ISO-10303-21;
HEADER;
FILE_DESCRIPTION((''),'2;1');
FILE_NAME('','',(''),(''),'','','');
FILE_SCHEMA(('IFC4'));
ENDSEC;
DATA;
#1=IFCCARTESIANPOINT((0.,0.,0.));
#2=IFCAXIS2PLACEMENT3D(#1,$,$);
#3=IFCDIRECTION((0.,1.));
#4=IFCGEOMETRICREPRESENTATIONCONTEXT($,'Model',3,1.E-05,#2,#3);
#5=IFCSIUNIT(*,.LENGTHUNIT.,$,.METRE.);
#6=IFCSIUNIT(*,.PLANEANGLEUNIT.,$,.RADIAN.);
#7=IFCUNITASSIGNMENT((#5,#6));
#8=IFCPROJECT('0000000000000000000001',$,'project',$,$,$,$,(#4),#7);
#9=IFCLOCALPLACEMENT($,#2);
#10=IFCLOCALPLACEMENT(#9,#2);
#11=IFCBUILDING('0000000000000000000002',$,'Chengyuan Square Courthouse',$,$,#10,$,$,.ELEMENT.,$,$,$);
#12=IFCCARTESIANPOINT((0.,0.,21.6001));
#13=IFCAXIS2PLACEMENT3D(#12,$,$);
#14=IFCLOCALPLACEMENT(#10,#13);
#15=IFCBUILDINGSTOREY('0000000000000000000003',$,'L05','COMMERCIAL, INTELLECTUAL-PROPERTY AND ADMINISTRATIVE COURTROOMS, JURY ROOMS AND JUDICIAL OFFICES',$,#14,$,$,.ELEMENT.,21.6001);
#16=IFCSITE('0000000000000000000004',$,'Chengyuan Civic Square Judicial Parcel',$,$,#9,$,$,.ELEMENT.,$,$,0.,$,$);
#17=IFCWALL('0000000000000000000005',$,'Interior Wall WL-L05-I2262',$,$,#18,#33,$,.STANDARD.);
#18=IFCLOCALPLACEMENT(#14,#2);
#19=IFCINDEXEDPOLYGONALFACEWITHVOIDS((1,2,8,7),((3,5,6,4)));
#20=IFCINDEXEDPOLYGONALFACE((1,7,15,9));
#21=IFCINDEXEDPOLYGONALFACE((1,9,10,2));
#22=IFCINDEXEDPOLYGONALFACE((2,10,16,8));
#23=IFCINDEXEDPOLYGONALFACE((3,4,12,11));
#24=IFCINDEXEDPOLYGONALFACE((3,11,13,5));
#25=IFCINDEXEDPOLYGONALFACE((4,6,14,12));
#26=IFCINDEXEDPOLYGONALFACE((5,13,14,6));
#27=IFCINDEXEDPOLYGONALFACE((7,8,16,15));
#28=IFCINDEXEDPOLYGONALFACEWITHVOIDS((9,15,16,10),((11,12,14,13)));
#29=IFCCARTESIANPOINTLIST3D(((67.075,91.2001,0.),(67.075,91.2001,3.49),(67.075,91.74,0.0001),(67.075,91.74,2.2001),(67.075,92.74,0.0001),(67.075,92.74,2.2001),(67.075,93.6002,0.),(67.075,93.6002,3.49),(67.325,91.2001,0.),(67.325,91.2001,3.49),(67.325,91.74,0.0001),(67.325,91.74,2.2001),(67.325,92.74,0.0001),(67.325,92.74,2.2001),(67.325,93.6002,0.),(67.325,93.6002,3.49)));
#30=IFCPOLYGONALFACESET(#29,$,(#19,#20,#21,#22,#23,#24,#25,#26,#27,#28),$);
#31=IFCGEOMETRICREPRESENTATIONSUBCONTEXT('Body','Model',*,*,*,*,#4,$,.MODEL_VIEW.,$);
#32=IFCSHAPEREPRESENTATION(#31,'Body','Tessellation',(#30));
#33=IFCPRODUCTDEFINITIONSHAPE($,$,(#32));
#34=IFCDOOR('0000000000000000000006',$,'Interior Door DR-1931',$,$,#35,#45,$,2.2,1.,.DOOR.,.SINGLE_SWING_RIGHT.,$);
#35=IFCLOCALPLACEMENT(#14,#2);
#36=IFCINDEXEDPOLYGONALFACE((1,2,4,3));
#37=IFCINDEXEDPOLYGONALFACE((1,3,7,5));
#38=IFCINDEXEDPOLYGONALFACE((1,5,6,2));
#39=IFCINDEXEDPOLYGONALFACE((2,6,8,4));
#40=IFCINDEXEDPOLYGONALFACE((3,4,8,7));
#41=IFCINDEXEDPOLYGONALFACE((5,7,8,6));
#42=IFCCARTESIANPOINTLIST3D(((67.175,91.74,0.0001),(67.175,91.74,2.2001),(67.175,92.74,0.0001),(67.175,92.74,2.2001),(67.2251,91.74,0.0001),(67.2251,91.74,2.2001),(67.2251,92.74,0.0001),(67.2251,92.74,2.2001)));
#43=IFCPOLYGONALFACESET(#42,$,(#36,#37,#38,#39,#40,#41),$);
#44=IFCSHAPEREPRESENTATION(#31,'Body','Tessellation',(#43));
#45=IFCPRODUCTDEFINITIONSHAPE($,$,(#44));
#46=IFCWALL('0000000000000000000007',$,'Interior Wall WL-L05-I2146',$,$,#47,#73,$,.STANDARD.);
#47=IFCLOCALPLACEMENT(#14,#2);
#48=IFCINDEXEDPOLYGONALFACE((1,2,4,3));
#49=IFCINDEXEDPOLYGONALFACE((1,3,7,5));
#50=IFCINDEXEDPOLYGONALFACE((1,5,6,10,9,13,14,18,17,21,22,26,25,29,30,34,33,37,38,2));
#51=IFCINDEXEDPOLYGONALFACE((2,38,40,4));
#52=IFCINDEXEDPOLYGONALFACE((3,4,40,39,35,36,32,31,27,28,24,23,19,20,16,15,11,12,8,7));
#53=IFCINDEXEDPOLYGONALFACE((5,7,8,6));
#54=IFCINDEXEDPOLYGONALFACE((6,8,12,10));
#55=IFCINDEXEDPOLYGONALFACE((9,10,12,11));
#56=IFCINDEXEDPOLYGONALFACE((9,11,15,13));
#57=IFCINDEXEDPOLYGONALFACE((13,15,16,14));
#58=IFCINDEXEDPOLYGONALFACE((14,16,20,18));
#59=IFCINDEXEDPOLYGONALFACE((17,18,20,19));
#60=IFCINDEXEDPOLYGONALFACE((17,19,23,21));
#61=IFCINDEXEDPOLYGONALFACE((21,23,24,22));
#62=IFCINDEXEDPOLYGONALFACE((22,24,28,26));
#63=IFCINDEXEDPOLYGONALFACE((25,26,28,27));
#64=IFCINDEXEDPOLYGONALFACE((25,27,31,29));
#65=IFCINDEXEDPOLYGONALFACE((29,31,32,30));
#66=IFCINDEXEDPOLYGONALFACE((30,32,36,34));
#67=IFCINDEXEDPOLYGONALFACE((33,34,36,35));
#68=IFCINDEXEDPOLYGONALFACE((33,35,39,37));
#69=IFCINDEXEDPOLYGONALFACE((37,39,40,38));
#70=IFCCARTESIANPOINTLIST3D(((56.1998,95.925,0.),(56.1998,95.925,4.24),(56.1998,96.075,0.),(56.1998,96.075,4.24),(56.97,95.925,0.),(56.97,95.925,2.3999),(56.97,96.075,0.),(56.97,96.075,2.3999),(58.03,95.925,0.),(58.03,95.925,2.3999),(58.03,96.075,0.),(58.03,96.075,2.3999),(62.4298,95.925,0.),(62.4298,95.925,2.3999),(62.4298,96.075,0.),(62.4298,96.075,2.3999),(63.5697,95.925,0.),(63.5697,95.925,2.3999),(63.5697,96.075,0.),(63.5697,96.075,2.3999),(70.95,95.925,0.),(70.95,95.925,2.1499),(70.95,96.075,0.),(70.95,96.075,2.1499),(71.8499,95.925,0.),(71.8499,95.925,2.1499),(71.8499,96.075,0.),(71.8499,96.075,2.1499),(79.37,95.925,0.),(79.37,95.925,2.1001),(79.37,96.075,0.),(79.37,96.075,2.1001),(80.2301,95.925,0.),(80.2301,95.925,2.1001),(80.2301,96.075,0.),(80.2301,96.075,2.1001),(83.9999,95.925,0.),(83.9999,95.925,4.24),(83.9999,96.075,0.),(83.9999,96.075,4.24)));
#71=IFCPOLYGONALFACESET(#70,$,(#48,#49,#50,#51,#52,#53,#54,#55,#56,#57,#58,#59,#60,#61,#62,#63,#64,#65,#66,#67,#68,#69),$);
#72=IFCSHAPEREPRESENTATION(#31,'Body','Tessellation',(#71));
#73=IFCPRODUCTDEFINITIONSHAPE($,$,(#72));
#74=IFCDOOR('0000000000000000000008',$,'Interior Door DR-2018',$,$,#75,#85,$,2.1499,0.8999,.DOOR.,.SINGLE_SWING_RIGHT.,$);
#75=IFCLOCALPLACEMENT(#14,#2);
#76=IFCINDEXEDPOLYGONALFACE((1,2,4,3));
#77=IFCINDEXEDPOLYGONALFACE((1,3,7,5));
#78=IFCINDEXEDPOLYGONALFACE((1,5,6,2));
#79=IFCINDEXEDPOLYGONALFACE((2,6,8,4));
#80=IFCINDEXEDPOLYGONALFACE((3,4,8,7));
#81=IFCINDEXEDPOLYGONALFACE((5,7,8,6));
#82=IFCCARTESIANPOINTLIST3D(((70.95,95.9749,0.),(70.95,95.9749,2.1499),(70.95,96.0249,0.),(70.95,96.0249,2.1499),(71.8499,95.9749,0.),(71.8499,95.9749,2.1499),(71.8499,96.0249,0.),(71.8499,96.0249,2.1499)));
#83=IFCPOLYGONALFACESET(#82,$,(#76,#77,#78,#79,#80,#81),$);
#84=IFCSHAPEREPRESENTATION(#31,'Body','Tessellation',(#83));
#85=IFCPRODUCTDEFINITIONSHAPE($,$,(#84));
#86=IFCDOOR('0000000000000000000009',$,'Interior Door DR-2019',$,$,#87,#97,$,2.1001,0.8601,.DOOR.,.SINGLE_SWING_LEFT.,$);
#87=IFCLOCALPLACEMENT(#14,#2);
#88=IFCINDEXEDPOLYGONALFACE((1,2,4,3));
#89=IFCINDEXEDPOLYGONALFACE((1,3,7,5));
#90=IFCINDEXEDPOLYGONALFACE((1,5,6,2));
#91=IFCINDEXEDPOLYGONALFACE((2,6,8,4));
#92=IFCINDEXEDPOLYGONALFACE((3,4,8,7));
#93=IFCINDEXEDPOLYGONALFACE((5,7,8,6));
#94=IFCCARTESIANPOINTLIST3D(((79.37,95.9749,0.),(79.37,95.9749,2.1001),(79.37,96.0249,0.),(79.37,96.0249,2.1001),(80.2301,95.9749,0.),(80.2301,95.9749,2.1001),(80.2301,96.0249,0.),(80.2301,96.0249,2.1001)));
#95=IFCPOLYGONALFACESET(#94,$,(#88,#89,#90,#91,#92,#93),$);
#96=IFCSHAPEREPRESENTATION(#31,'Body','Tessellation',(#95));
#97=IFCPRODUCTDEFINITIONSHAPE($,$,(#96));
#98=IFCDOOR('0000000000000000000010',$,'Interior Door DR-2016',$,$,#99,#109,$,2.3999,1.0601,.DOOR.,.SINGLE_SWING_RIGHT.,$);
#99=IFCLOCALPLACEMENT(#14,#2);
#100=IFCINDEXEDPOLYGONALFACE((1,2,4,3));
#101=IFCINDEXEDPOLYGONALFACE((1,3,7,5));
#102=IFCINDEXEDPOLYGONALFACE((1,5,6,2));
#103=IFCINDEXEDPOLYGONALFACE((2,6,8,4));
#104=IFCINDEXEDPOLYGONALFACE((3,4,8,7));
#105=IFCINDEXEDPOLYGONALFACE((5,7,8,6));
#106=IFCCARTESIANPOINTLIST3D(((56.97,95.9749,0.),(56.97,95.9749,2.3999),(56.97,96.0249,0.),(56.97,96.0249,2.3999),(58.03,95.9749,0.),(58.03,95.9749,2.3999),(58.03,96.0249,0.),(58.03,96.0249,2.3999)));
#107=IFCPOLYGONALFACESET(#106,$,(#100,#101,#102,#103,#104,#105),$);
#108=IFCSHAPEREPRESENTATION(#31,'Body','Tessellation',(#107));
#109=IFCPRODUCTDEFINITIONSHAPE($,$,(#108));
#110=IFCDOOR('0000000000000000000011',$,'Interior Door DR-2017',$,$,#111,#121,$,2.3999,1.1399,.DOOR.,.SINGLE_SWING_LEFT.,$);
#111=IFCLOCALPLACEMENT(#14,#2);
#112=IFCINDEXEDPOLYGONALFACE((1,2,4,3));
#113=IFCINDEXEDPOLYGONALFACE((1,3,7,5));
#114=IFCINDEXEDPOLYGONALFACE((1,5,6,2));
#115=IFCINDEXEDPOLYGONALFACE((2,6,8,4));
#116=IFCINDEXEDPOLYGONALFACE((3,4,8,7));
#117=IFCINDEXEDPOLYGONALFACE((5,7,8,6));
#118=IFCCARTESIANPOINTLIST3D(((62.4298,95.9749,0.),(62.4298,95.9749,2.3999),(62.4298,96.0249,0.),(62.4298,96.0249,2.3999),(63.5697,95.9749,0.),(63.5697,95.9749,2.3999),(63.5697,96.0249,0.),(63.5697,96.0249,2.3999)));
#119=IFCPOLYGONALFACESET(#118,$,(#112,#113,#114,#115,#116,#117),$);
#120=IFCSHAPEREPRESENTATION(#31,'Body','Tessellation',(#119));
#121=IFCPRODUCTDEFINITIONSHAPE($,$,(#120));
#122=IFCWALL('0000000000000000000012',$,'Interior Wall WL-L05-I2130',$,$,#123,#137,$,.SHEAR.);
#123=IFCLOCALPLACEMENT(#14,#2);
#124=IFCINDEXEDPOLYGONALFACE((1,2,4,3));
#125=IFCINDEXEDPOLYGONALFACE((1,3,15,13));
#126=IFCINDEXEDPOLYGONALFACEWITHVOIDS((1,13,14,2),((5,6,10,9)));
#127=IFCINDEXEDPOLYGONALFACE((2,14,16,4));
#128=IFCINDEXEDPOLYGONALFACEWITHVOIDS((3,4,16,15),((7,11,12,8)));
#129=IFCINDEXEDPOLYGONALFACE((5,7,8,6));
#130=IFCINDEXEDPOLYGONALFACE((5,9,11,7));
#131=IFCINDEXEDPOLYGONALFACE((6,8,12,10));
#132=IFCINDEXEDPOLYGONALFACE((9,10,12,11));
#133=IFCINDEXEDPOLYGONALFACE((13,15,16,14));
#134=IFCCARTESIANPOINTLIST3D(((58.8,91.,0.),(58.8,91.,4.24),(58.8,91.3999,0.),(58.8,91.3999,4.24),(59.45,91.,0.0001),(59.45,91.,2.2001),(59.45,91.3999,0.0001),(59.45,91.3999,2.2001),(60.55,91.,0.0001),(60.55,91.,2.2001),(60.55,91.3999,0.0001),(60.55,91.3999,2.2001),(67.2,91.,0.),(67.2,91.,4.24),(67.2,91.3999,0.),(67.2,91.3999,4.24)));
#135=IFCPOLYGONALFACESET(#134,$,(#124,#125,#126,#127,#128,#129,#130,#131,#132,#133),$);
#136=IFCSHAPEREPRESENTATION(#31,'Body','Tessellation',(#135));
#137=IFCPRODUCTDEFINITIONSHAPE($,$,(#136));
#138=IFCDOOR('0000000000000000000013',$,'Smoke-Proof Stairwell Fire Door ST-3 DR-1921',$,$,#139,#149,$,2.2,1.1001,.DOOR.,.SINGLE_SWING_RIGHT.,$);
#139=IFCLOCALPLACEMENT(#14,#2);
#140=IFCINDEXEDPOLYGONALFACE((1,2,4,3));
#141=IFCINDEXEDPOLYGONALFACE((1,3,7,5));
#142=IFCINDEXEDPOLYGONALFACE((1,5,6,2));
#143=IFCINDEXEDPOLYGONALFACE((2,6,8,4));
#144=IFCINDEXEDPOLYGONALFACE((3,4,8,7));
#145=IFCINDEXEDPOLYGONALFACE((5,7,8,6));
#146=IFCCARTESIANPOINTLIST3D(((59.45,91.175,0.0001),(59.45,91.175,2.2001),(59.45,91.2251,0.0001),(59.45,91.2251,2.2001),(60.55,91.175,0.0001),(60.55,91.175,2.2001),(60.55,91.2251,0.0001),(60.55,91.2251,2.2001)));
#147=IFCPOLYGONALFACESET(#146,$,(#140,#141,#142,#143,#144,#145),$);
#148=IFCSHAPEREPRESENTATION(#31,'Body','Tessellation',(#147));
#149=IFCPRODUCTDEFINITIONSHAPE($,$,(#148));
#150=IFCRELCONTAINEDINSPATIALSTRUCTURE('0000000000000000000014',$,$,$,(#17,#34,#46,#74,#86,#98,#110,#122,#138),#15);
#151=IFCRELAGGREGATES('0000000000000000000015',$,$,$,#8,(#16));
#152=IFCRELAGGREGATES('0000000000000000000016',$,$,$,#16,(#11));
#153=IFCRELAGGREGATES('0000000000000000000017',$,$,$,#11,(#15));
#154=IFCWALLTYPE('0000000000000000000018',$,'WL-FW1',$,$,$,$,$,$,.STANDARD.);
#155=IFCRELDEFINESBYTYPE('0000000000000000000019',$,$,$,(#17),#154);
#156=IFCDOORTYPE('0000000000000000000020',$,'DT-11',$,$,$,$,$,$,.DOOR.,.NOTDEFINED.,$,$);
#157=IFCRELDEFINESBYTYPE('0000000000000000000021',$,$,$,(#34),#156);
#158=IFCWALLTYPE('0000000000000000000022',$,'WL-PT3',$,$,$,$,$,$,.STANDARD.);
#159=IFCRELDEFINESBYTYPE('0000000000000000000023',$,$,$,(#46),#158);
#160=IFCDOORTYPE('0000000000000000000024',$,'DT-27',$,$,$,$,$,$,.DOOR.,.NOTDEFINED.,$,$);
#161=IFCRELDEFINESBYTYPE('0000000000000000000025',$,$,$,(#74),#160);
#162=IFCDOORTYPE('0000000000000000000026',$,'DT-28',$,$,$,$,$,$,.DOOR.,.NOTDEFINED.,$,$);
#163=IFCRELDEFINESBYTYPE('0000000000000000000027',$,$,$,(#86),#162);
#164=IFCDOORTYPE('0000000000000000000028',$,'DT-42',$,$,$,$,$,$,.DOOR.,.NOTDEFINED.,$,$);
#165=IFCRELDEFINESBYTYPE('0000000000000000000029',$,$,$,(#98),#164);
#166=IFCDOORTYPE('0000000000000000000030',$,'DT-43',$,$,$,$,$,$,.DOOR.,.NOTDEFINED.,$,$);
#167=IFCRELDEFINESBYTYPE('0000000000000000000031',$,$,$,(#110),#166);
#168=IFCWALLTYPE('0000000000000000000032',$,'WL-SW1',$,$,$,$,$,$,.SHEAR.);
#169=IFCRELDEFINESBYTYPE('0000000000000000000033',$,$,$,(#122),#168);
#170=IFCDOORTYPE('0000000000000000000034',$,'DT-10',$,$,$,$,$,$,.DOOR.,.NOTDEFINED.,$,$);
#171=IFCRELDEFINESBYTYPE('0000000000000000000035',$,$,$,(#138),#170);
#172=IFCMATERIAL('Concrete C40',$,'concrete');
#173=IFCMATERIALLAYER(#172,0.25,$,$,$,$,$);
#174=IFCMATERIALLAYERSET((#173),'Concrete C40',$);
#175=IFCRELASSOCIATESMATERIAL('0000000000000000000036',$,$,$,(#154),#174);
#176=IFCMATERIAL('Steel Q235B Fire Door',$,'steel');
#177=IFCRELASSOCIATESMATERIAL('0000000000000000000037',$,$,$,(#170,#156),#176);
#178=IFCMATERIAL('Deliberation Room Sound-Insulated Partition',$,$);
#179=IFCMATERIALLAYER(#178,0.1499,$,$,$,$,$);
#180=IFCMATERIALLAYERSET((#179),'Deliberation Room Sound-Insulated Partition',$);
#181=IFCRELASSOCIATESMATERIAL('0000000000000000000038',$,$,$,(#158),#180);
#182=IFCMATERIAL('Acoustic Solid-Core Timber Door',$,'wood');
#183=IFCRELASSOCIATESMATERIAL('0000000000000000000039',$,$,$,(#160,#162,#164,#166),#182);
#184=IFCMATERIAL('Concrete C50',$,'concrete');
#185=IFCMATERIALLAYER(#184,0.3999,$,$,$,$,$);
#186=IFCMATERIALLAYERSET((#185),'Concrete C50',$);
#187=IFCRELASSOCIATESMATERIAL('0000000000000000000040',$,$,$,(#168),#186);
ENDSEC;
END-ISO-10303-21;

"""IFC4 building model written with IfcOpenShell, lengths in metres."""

from ifc_helpers import new_model, si_unit, direction, frame, frame_2d, origin, place, context, subcontext, project, spatial, rectangle, extrude, material, layer, layer_set, type_object, element, fill, save


model = new_model("IFC4")

# Units and contexts
model_context = context("Model", 3, precision=1e-05, world=origin(), true_north=direction((0.0, 1.0)))
body_context = subcontext(model_context, "Body", "Model", "MODEL_VIEW")
ifc_project = project(units=[si_unit("LENGTHUNIT", "METRE"), si_unit("PLANEANGLEUNIT", "RADIAN")], contexts=[model_context])

# Site, building, storey
site_placement = place(None, origin())
site = spatial("IfcSite", under=ifc_project, at=site_placement, Name="Chengyuan Civic Square Judicial Parcel", CompositionType="ELEMENT", RefElevation=0.0)
building_placement = place(site_placement, origin())
building = spatial("IfcBuilding", under=site, at=building_placement, Name="Chengyuan Square Courthouse", CompositionType="ELEMENT")
storey_placement = place(building_placement, frame((0.0, 0.0, 21.6001)))
storey = spatial("IfcBuildingStorey", under=building, at=storey_placement, Name="L05", Description="COMMERCIAL, INTELLECTUAL-PROPERTY AND ADMINISTRATIVE COURTROOMS, JURY ROOMS AND JUDICIAL OFFICES", CompositionType="ELEMENT", Elevation=21.6001)

# Shared definitions
ifc_material_1 = material(Name="Concrete C50", Category="concrete")

# Shared definitions
ifc_material_2 = material(Name="Concrete C40", Category="concrete")

# Wall, opening, door
ifc_layer_1 = layer(ifc_material_2, 0.25)
ifc_layer_set_1 = layer_set([ifc_layer_1], Name="Concrete C40")
wall_type_1 = type_object("IfcWallType", Name="WL-FW1", PredefinedType="STANDARD", material=ifc_layer_set_1)
ifc_material_3 = material(Name="Steel Q235B Fire Door", Category="steel")
door_type_1 = type_object("IfcDoorType", Name="DT-10", OperationType="NOTDEFINED", PredefinedType="DOOR", material=ifc_material_3)
wall_1_placement = place(storey_placement, frame((67.2, 91.2, 0.0), z_axis=(0.0, 0.0, 1.0), x_axis=(0.0, 1.0, 0.0)))
wall_1 = element("IfcWall", 1, at=wall_1_placement, inside=storey, type_object=wall_type_1, Name="Interior Wall WL-L05-I2262", PredefinedType="STANDARD", context=body_context, shape_type="SweptSolid", body=[
    extrude(rectangle(XDim=2.4001, YDim=0.25, at=frame_2d((1.2002, 0.0))), origin(), (0.0, 0.0, 1.0), 3.49),
])
opening_1_placement = place(wall_1_placement, frame((0.54, 0.0, 0.0)))
opening_1 = element("IfcOpeningElement", 2, at=opening_1_placement, cuts=wall_1, PredefinedType="OPENING", context=body_context, shape_type="SweptSolid", body=[
    extrude(rectangle(XDim=1.0, YDim=2.2, at=frame_2d((0.5, 1.1001))), frame((0.0, 0.137, 0.0), z_axis=(0.0, -1.0, 0.0), x_axis=(1.0, 0.0, 0.0)), (0.0, 0.0, 1.0), 0.2739),
])
door_type_2 = type_object("IfcDoorType", Name="DT-11", OperationType="NOTDEFINED", PredefinedType="DOOR", material=ifc_material_3)
door_1_placement = place(opening_1_placement, origin())
door_1 = element("IfcDoor", 3, at=door_1_placement, inside=storey, type_object=door_type_2, Name="Interior Door DR-1931", OperationType="SINGLE_SWING_RIGHT", OverallHeight=2.2, OverallWidth=1.0, PredefinedType="DOOR", context=body_context, shape_type="SweptSolid", body=[
    extrude(rectangle(XDim=1.0, YDim=2.2, at=frame_2d((0.5, 1.1001))), frame((0.0, 0.0249, 0.0), z_axis=(0.0, -1.0, 0.0), x_axis=(1.0, 0.0, 0.0)), (0.0, 0.0, 1.0), 0.05),
])
fill(opening_1, door_1)

# Wall, openings, doors
ifc_material_4 = material(Name="Deliberation Room Sound-Insulated Partition")
ifc_layer_2 = layer(ifc_material_4, 0.1499)
ifc_layer_set_2 = layer_set([ifc_layer_2], Name="Deliberation Room Sound-Insulated Partition")
wall_type_2 = type_object("IfcWallType", Name="WL-PT3", PredefinedType="STANDARD", material=ifc_layer_set_2)
wall_2_placement = place(storey_placement, frame((56.2, 96.0, 0.0), z_axis=(0.0, 0.0, 1.0), x_axis=(1.0, 0.0, 0.0)))
wall_2 = element("IfcWall", 4, at=wall_2_placement, inside=storey, type_object=wall_type_2, Name="Interior Wall WL-L05-I2146", PredefinedType="STANDARD", context=body_context, shape_type="SweptSolid", body=[
    extrude(rectangle(XDim=27.8, YDim=0.1499, at=frame_2d((13.8999, 0.0))), origin(), (0.0, 0.0, 1.0), 4.24),
])
opening_2_placement = place(wall_2_placement, frame((0.77, 0.0, 0.0)))
opening_2 = element("IfcOpeningElement", 5, at=opening_2_placement, cuts=wall_2, PredefinedType="OPENING", context=body_context, shape_type="SweptSolid", body=[
    extrude(rectangle(XDim=1.0601, YDim=2.3999, at=frame_2d((0.53, 1.2))), frame((0.0, 0.0869, 0.0), z_axis=(0.0, -1.0, 0.0), x_axis=(1.0, 0.0, 0.0)), (0.0, 0.0, 1.0), 0.1738),
])
opening_3_placement = place(wall_2_placement, frame((6.23, 0.0, 0.0)))
opening_3 = element("IfcOpeningElement", 6, at=opening_3_placement, cuts=wall_2, PredefinedType="OPENING", context=body_context, shape_type="SweptSolid", body=[
    extrude(rectangle(XDim=1.1399, YDim=2.3999, at=frame_2d((0.5698, 1.2))), frame((0.0, 0.0869, 0.0), z_axis=(0.0, -1.0, 0.0), x_axis=(1.0, 0.0, 0.0)), (0.0, 0.0, 1.0), 0.1738),
])
opening_4_placement = place(wall_2_placement, frame((14.75, 0.0, 0.0)))
opening_4 = element("IfcOpeningElement", 7, at=opening_4_placement, cuts=wall_2, PredefinedType="OPENING", context=body_context, shape_type="SweptSolid", body=[
    extrude(rectangle(XDim=0.8999, YDim=2.1499, at=frame_2d((0.45, 1.075))), frame((0.0, 0.0869, 0.0), z_axis=(0.0, -1.0, 0.0), x_axis=(1.0, 0.0, 0.0)), (0.0, 0.0, 1.0), 0.1738),
])
opening_5_placement = place(wall_2_placement, frame((23.1699, 0.0, 0.0)))
opening_5 = element("IfcOpeningElement", 8, at=opening_5_placement, cuts=wall_2, PredefinedType="OPENING", context=body_context, shape_type="SweptSolid", body=[
    extrude(rectangle(XDim=0.8601, YDim=2.1001, at=frame_2d((0.4302, 1.05))), frame((0.0, 0.0869, 0.0), z_axis=(0.0, -1.0, 0.0), x_axis=(1.0, 0.0, 0.0)), (0.0, 0.0, 1.0), 0.1738),
])
ifc_material_5 = material(Name="Acoustic Solid-Core Timber Door", Category="wood")
door_type_3 = type_object("IfcDoorType", Name="DT-27", OperationType="NOTDEFINED", PredefinedType="DOOR", material=ifc_material_5)
door_2_placement = place(opening_4_placement, origin())
door_2 = element("IfcDoor", 9, at=door_2_placement, inside=storey, type_object=door_type_3, Name="Interior Door DR-2018", OperationType="SINGLE_SWING_RIGHT", OverallHeight=2.1499, OverallWidth=0.8999, PredefinedType="DOOR", context=body_context, shape_type="SweptSolid", body=[
    extrude(rectangle(XDim=0.8999, YDim=2.1499, at=frame_2d((0.45, 1.075))), frame((0.0, 0.0249, 0.0), z_axis=(0.0, -1.0, 0.0), x_axis=(1.0, 0.0, 0.0)), (0.0, 0.0, 1.0), 0.05),
])
fill(opening_4, door_2)
door_type_4 = type_object("IfcDoorType", Name="DT-28", OperationType="NOTDEFINED", PredefinedType="DOOR", material=ifc_material_5)
door_3_placement = place(opening_5_placement, origin())
door_3 = element("IfcDoor", 10, at=door_3_placement, inside=storey, type_object=door_type_4, Name="Interior Door DR-2019", OperationType="SINGLE_SWING_LEFT", OverallHeight=2.1001, OverallWidth=0.8601, PredefinedType="DOOR", context=body_context, shape_type="SweptSolid", body=[
    extrude(rectangle(XDim=0.8601, YDim=2.1001, at=frame_2d((0.4302, 1.05))), frame((0.0, 0.0249, 0.0), z_axis=(0.0, -1.0, 0.0), x_axis=(1.0, 0.0, 0.0)), (0.0, 0.0, 1.0), 0.05),
])
fill(opening_5, door_3)
door_type_5 = type_object("IfcDoorType", Name="DT-42", OperationType="NOTDEFINED", PredefinedType="DOOR", material=ifc_material_5)
door_4_placement = place(opening_2_placement, origin())
door_4 = element("IfcDoor", 11, at=door_4_placement, inside=storey, type_object=door_type_5, Name="Interior Door DR-2016", OperationType="SINGLE_SWING_RIGHT", OverallHeight=2.3999, OverallWidth=1.0601, PredefinedType="DOOR", context=body_context, shape_type="SweptSolid", body=[
    extrude(rectangle(XDim=1.0601, YDim=2.3999, at=frame_2d((0.53, 1.2))), frame((0.0, 0.0249, 0.0), z_axis=(0.0, -1.0, 0.0), x_axis=(1.0, 0.0, 0.0)), (0.0, 0.0, 1.0), 0.05),
])
fill(opening_2, door_4)
door_type_6 = type_object("IfcDoorType", Name="DT-43", OperationType="NOTDEFINED", PredefinedType="DOOR", material=ifc_material_5)
door_5_placement = place(opening_3_placement, origin())
door_5 = element("IfcDoor", 12, at=door_5_placement, inside=storey, type_object=door_type_6, Name="Interior Door DR-2017", OperationType="SINGLE_SWING_LEFT", OverallHeight=2.3999, OverallWidth=1.1399, PredefinedType="DOOR", context=body_context, shape_type="SweptSolid", body=[
    extrude(rectangle(XDim=1.1399, YDim=2.3999, at=frame_2d((0.5698, 1.2))), frame((0.0, 0.0249, 0.0), z_axis=(0.0, -1.0, 0.0), x_axis=(1.0, 0.0, 0.0)), (0.0, 0.0, 1.0), 0.05),
])
fill(opening_3, door_5)

# Wall, opening, door
ifc_layer_3 = layer(ifc_material_1, 0.3999)
ifc_layer_set_3 = layer_set([ifc_layer_3], Name="Concrete C50")
wall_type_3 = type_object("IfcWallType", Name="WL-SW1", PredefinedType="SHEAR", material=ifc_layer_set_3)
wall_3_placement = place(storey_placement, frame((58.8, 91.2, 0.0), z_axis=(0.0, 0.0, 1.0), x_axis=(1.0, 0.0, 0.0)))
wall_3 = element("IfcWall", 13, at=wall_3_placement, inside=storey, type_object=wall_type_3, Name="Interior Wall WL-L05-I2130", PredefinedType="SHEAR", context=body_context, shape_type="SweptSolid", body=[
    extrude(rectangle(XDim=8.3999, YDim=0.3999, at=frame_2d((4.2, 0.0))), origin(), (0.0, 0.0, 1.0), 4.24),
])
opening_6_placement = place(wall_3_placement, frame((0.6499, 0.0, 0.0)))
opening_6 = element("IfcOpeningElement", 14, at=opening_6_placement, cuts=wall_3, PredefinedType="OPENING", context=body_context, shape_type="SweptSolid", body=[
    extrude(rectangle(XDim=1.1001, YDim=2.2, at=frame_2d((0.55, 1.1001))), frame((0.0, 0.2119, 0.0), z_axis=(0.0, -1.0, 0.0), x_axis=(1.0, 0.0, 0.0)), (0.0, 0.0, 1.0), 0.4238),
])
door_6_placement = place(opening_6_placement, frame((1.1001, 0.0, 0.0), z_axis=(0.0, 0.0, 1.0), x_axis=(-1.0, 0.0, 0.0)))
door_6 = element("IfcDoor", 15, at=door_6_placement, inside=storey, type_object=door_type_1, Name="Smoke-Proof Stairwell Fire Door ST-3 DR-1921", OperationType="SINGLE_SWING_RIGHT", OverallHeight=2.2, OverallWidth=1.1001, PredefinedType="DOOR", context=body_context, shape_type="SweptSolid", body=[
    extrude(rectangle(XDim=1.1001, YDim=2.2, at=frame_2d((0.55, 1.1001))), frame((0.0, 0.0249, 0.0), z_axis=(0.0, -1.0, 0.0), x_axis=(1.0, 0.0, 0.0)), (0.0, 0.0, 1.0), 0.05),
])
fill(opening_6, door_6)

save(model, "model.ifc")
